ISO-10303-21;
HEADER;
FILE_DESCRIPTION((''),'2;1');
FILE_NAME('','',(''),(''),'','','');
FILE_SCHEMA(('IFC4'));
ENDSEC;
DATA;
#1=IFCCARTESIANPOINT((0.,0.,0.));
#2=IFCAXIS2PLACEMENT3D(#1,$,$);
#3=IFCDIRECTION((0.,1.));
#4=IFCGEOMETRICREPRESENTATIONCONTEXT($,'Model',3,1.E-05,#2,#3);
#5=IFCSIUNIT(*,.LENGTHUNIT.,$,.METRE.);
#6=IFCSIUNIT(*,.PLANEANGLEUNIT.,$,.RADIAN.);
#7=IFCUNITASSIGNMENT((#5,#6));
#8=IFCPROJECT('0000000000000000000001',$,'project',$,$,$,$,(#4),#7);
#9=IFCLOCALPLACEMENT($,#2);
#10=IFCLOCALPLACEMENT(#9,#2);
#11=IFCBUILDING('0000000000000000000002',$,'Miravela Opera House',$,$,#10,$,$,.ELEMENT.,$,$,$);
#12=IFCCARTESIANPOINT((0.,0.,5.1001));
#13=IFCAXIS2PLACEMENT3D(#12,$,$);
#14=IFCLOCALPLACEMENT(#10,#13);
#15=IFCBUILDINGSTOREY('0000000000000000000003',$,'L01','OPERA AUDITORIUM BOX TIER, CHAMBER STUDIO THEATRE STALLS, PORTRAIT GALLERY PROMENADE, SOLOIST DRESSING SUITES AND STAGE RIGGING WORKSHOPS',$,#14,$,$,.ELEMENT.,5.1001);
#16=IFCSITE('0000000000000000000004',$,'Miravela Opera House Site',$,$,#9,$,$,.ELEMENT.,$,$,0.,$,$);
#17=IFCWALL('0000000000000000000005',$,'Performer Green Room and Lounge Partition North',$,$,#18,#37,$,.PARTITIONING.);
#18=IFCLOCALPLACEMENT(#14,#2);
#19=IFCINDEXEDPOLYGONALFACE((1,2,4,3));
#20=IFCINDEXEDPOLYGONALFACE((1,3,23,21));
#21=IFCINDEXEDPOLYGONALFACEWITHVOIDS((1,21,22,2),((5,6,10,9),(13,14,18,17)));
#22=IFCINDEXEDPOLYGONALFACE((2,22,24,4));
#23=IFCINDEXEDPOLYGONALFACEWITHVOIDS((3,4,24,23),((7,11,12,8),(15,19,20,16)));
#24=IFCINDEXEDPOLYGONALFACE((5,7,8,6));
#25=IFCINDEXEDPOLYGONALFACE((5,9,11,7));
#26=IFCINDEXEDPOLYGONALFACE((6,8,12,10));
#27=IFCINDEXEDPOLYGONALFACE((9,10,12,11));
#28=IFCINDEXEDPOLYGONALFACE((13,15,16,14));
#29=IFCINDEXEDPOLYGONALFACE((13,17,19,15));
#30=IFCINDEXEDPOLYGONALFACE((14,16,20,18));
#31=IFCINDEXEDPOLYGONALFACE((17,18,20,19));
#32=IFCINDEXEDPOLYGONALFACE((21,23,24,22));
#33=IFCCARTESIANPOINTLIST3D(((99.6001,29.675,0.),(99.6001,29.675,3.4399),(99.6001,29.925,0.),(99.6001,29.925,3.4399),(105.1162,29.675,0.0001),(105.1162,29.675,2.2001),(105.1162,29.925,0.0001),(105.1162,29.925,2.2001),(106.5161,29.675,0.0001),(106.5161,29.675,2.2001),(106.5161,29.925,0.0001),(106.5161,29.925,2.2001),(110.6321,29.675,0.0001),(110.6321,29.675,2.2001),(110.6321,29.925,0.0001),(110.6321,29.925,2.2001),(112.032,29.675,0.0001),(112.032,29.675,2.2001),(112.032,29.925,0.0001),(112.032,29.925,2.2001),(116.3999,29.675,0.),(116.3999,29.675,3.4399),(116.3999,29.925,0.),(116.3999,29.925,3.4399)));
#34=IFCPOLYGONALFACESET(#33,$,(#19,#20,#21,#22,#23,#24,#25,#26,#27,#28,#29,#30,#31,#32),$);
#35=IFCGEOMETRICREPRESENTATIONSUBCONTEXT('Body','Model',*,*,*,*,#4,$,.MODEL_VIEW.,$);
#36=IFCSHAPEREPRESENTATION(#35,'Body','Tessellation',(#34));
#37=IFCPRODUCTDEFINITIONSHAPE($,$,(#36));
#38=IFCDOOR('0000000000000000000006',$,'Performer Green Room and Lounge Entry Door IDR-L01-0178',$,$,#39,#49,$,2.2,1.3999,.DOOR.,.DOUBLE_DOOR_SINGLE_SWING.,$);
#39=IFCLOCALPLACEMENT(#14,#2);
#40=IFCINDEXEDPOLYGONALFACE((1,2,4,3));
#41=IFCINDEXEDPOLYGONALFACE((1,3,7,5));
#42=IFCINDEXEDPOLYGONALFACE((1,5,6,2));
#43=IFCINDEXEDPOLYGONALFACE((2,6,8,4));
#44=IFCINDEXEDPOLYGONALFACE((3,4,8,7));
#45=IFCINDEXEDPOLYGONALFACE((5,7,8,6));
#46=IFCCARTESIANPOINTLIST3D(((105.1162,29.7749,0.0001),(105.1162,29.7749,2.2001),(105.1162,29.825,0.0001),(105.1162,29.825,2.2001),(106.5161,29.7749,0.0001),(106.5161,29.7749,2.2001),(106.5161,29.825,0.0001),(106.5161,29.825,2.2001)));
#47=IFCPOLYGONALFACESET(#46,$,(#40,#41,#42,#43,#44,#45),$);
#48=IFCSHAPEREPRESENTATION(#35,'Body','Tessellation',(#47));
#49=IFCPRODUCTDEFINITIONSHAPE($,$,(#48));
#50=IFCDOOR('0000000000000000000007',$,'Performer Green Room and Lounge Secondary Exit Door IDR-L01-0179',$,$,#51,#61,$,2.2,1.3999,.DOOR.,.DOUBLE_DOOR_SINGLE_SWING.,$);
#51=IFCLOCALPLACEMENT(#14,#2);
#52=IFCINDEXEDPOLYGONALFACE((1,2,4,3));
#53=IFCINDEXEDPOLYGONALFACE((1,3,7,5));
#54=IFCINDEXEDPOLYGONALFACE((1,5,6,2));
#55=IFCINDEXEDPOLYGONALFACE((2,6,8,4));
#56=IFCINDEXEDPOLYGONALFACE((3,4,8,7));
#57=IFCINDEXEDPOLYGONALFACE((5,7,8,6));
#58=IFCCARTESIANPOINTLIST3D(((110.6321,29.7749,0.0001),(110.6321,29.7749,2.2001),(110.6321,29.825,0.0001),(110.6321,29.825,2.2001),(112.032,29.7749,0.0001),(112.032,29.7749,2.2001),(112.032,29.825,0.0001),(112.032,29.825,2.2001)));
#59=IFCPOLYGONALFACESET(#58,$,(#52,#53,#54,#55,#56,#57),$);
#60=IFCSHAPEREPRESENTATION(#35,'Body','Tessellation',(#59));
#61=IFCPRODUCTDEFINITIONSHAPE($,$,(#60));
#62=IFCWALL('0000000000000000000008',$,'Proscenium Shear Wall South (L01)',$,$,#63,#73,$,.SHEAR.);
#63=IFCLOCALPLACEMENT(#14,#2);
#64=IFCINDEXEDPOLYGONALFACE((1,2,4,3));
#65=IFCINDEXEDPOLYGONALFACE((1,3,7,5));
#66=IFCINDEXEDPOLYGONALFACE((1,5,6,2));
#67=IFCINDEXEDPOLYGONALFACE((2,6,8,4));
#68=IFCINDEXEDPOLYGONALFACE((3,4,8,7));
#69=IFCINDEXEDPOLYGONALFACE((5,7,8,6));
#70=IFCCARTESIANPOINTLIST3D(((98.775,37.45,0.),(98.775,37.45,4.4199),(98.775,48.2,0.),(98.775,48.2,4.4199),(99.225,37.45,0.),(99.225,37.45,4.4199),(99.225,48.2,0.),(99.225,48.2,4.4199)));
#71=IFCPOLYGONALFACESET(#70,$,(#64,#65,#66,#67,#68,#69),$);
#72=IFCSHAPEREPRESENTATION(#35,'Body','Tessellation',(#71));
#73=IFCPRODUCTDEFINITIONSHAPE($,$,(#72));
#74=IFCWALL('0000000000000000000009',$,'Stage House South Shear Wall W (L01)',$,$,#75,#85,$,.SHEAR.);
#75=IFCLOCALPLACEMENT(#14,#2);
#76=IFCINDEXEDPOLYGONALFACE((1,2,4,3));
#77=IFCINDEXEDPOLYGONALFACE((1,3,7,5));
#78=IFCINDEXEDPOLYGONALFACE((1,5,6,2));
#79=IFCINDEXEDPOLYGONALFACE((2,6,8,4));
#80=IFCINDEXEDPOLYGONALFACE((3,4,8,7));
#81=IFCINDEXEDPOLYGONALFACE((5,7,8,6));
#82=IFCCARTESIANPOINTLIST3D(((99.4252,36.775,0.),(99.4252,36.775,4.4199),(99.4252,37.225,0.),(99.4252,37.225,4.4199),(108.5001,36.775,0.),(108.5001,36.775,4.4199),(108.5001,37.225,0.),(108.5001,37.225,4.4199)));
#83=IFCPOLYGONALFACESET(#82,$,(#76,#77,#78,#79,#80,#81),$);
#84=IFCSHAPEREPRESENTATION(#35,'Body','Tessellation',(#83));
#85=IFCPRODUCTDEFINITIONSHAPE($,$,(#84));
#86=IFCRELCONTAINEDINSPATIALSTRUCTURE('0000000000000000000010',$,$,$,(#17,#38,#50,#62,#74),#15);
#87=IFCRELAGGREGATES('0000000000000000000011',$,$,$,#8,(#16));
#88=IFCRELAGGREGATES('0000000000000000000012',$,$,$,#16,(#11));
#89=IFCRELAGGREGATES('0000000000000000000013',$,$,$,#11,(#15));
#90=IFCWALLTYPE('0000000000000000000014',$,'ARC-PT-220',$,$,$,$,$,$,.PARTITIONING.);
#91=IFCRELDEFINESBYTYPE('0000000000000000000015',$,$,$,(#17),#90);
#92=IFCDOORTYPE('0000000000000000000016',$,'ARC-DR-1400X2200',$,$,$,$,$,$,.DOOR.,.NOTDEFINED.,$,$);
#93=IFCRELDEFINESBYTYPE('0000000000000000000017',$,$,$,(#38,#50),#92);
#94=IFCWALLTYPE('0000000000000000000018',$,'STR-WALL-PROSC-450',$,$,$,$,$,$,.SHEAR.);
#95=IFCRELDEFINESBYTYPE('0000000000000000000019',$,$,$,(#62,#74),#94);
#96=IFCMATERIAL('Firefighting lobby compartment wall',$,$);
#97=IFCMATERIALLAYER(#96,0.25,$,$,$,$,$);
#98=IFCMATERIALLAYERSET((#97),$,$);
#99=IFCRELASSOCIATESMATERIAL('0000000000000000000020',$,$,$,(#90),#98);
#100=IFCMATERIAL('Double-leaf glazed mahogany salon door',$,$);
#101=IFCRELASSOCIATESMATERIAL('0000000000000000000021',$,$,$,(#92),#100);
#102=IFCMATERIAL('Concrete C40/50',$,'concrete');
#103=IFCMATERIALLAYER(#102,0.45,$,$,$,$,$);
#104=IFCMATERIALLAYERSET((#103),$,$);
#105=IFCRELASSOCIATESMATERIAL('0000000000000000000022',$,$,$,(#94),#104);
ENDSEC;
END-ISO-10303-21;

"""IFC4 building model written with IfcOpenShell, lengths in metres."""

from ifc_helpers import new_model, si_unit, direction, frame, frame_2d, origin, place, context, subcontext, project, spatial, rectangle, extrude, material, layer, layer_set, type_object, element, fill, save


model = new_model("IFC4")

# Units and contexts
model_context = context("Model", 3, precision=1e-05, world=origin(), true_north=direction((0.0, 1.0)))
body_context = subcontext(model_context, "Body", "Model", "MODEL_VIEW")
ifc_project = project(units=[si_unit("LENGTHUNIT", "METRE"), si_unit("PLANEANGLEUNIT", "RADIAN")], contexts=[model_context])

# Site, building, storey
site_placement = place(None, origin())
site = spatial("IfcSite", under=ifc_project, at=site_placement, Name="Miravela Opera House Site", CompositionType="ELEMENT", RefElevation=0.0)
building_placement = place(site_placement, origin())
building = spatial("IfcBuilding", under=site, at=building_placement, Name="Miravela Opera House", CompositionType="ELEMENT")
storey_placement = place(building_placement, frame((0.0, 0.0, 5.1001)))
storey = spatial("IfcBuildingStorey", under=building, at=storey_placement, Name="L01", Description="OPERA AUDITORIUM BOX TIER, CHAMBER STUDIO THEATRE STALLS, PORTRAIT GALLERY PROMENADE, SOLOIST DRESSING SUITES AND STAGE RIGGING WORKSHOPS", CompositionType="ELEMENT", Elevation=5.1001)

# Shared definitions
ifc_material_1 = material(Name="Concrete C40/50", Category="concrete")

# Shared definitions
ifc_material_2 = material(Name="Firefighting lobby compartment wall")
ifc_layer_1 = layer(ifc_material_2, 0.25)
ifc_layer_set_1 = layer_set([ifc_layer_1])
wall_type_1 = type_object("IfcWallType", Name="ARC-PT-220", PredefinedType="PARTITIONING", material=ifc_layer_set_1)

# Wall, openings, doors
wall_1_placement = place(storey_placement, frame((99.6001, 29.8, 0.0), z_axis=(0.0, 0.0, 1.0), x_axis=(1.0, 0.0, 0.0)))
wall_1 = element("IfcWall", 1, at=wall_1_placement, inside=storey, type_object=wall_type_1, Name="Performer Green Room and Lounge Partition North", PredefinedType="PARTITIONING", context=body_context, shape_type="SweptSolid", body=[
    extrude(rectangle(XDim=16.7998, YDim=0.25, at=frame_2d((8.3999, 0.0))), origin(), (0.0, 0.0, 1.0), 3.4399),
])
opening_1_placement = place(wall_1_placement, frame((5.5161, 0.0, 0.0)))
opening_1 = element("IfcOpeningElement", 2, at=opening_1_placement, cuts=wall_1, PredefinedType="OPENING", context=body_context, shape_type="SweptSolid", body=[
    extrude(rectangle(XDim=1.3999, YDim=2.2, at=frame_2d((0.7, 1.1001))), frame((0.0, 0.135, 0.0), z_axis=(0.0, -1.0, 0.0), x_axis=(1.0, 0.0, 0.0)), (0.0, 0.0, 1.0), 0.27),
])
opening_2_placement = place(wall_1_placement, frame((11.032, 0.0, 0.0)))
opening_2 = element("IfcOpeningElement", 3, at=opening_2_placement, cuts=wall_1, PredefinedType="OPENING", context=body_context, shape_type="SweptSolid", body=[
    extrude(rectangle(XDim=1.3999, YDim=2.2, at=frame_2d((0.7, 1.1001))), frame((0.0, 0.135, 0.0), z_axis=(0.0, -1.0, 0.0), x_axis=(1.0, 0.0, 0.0)), (0.0, 0.0, 1.0), 0.27),
])
ifc_material_3 = material(Name="Double-leaf glazed mahogany salon door")
door_type_1 = type_object("IfcDoorType", Name="ARC-DR-1400X2200", OperationType="NOTDEFINED", PredefinedType="DOOR", material=ifc_material_3)
door_1_placement = place(opening_1_placement, origin())
door_1 = element("IfcDoor", 4, at=door_1_placement, inside=storey, type_object=door_type_1, Name="Performer Green Room and Lounge Entry Door IDR-L01-0178", OperationType="DOUBLE_DOOR_SINGLE_SWING", OverallHeight=2.2, OverallWidth=1.3999, PredefinedType="DOOR", context=body_context, shape_type="SweptSolid", body=[
    extrude(rectangle(XDim=1.3999, YDim=2.2, at=frame_2d((0.7, 1.1001))), frame((0.0, 0.0249, 0.0), z_axis=(0.0, -1.0, 0.0), x_axis=(1.0, 0.0, 0.0)), (0.0, 0.0, 1.0), 0.05),
])
fill(opening_1, door_1)
door_2_placement = place(opening_2_placement, origin())
door_2 = element("IfcDoor", 5, at=door_2_placement, inside=storey, type_object=door_type_1, Name="Performer Green Room and Lounge Secondary Exit Door IDR-L01-0179", OperationType="DOUBLE_DOOR_SINGLE_SWING", OverallHeight=2.2, OverallWidth=1.3999, PredefinedType="DOOR", context=body_context, shape_type="SweptSolid", body=[
    extrude(rectangle(XDim=1.3999, YDim=2.2, at=frame_2d((0.7, 1.1001))), frame((0.0, 0.0249, 0.0), z_axis=(0.0, -1.0, 0.0), x_axis=(1.0, 0.0, 0.0)), (0.0, 0.0, 1.0), 0.05),
])
fill(opening_2, door_2)

# Walls
ifc_layer_2 = layer(ifc_material_1, 0.45)
ifc_layer_set_2 = layer_set([ifc_layer_2])
wall_type_2 = type_object("IfcWallType", Name="STR-WALL-PROSC-450", PredefinedType="SHEAR", material=ifc_layer_set_2)
wall_2_placement = place(storey_placement, frame((99.0, 37.45, 0.0), z_axis=(0.0, 0.0, 1.0), x_axis=(0.0, 1.0, 0.0)))
element("IfcWall", 6, at=wall_2_placement, inside=storey, type_object=wall_type_2, Name="Proscenium Shear Wall South (L01)", PredefinedType="SHEAR", context=body_context, shape_type="SweptSolid", body=[
    extrude(rectangle(XDim=10.75, YDim=0.45, at=frame_2d((5.375, 0.0))), origin(), (0.0, 0.0, 1.0), 4.4199),
])
wall_3_placement = place(storey_placement, frame((99.425, 37.0, 0.0), z_axis=(0.0, 0.0, 1.0), x_axis=(1.0, 0.0, 0.0)))
element("IfcWall", 7, at=wall_3_placement, inside=storey, type_object=wall_type_2, Name="Stage House South Shear Wall W (L01)", PredefinedType="SHEAR", context=body_context, shape_type="SweptSolid", body=[
    extrude(rectangle(XDim=9.075, YDim=0.45, at=frame_2d((4.5376, 0.0))), origin(), (0.0, 0.0, 1.0), 4.4199),
])

save(model, "model.ifc")
